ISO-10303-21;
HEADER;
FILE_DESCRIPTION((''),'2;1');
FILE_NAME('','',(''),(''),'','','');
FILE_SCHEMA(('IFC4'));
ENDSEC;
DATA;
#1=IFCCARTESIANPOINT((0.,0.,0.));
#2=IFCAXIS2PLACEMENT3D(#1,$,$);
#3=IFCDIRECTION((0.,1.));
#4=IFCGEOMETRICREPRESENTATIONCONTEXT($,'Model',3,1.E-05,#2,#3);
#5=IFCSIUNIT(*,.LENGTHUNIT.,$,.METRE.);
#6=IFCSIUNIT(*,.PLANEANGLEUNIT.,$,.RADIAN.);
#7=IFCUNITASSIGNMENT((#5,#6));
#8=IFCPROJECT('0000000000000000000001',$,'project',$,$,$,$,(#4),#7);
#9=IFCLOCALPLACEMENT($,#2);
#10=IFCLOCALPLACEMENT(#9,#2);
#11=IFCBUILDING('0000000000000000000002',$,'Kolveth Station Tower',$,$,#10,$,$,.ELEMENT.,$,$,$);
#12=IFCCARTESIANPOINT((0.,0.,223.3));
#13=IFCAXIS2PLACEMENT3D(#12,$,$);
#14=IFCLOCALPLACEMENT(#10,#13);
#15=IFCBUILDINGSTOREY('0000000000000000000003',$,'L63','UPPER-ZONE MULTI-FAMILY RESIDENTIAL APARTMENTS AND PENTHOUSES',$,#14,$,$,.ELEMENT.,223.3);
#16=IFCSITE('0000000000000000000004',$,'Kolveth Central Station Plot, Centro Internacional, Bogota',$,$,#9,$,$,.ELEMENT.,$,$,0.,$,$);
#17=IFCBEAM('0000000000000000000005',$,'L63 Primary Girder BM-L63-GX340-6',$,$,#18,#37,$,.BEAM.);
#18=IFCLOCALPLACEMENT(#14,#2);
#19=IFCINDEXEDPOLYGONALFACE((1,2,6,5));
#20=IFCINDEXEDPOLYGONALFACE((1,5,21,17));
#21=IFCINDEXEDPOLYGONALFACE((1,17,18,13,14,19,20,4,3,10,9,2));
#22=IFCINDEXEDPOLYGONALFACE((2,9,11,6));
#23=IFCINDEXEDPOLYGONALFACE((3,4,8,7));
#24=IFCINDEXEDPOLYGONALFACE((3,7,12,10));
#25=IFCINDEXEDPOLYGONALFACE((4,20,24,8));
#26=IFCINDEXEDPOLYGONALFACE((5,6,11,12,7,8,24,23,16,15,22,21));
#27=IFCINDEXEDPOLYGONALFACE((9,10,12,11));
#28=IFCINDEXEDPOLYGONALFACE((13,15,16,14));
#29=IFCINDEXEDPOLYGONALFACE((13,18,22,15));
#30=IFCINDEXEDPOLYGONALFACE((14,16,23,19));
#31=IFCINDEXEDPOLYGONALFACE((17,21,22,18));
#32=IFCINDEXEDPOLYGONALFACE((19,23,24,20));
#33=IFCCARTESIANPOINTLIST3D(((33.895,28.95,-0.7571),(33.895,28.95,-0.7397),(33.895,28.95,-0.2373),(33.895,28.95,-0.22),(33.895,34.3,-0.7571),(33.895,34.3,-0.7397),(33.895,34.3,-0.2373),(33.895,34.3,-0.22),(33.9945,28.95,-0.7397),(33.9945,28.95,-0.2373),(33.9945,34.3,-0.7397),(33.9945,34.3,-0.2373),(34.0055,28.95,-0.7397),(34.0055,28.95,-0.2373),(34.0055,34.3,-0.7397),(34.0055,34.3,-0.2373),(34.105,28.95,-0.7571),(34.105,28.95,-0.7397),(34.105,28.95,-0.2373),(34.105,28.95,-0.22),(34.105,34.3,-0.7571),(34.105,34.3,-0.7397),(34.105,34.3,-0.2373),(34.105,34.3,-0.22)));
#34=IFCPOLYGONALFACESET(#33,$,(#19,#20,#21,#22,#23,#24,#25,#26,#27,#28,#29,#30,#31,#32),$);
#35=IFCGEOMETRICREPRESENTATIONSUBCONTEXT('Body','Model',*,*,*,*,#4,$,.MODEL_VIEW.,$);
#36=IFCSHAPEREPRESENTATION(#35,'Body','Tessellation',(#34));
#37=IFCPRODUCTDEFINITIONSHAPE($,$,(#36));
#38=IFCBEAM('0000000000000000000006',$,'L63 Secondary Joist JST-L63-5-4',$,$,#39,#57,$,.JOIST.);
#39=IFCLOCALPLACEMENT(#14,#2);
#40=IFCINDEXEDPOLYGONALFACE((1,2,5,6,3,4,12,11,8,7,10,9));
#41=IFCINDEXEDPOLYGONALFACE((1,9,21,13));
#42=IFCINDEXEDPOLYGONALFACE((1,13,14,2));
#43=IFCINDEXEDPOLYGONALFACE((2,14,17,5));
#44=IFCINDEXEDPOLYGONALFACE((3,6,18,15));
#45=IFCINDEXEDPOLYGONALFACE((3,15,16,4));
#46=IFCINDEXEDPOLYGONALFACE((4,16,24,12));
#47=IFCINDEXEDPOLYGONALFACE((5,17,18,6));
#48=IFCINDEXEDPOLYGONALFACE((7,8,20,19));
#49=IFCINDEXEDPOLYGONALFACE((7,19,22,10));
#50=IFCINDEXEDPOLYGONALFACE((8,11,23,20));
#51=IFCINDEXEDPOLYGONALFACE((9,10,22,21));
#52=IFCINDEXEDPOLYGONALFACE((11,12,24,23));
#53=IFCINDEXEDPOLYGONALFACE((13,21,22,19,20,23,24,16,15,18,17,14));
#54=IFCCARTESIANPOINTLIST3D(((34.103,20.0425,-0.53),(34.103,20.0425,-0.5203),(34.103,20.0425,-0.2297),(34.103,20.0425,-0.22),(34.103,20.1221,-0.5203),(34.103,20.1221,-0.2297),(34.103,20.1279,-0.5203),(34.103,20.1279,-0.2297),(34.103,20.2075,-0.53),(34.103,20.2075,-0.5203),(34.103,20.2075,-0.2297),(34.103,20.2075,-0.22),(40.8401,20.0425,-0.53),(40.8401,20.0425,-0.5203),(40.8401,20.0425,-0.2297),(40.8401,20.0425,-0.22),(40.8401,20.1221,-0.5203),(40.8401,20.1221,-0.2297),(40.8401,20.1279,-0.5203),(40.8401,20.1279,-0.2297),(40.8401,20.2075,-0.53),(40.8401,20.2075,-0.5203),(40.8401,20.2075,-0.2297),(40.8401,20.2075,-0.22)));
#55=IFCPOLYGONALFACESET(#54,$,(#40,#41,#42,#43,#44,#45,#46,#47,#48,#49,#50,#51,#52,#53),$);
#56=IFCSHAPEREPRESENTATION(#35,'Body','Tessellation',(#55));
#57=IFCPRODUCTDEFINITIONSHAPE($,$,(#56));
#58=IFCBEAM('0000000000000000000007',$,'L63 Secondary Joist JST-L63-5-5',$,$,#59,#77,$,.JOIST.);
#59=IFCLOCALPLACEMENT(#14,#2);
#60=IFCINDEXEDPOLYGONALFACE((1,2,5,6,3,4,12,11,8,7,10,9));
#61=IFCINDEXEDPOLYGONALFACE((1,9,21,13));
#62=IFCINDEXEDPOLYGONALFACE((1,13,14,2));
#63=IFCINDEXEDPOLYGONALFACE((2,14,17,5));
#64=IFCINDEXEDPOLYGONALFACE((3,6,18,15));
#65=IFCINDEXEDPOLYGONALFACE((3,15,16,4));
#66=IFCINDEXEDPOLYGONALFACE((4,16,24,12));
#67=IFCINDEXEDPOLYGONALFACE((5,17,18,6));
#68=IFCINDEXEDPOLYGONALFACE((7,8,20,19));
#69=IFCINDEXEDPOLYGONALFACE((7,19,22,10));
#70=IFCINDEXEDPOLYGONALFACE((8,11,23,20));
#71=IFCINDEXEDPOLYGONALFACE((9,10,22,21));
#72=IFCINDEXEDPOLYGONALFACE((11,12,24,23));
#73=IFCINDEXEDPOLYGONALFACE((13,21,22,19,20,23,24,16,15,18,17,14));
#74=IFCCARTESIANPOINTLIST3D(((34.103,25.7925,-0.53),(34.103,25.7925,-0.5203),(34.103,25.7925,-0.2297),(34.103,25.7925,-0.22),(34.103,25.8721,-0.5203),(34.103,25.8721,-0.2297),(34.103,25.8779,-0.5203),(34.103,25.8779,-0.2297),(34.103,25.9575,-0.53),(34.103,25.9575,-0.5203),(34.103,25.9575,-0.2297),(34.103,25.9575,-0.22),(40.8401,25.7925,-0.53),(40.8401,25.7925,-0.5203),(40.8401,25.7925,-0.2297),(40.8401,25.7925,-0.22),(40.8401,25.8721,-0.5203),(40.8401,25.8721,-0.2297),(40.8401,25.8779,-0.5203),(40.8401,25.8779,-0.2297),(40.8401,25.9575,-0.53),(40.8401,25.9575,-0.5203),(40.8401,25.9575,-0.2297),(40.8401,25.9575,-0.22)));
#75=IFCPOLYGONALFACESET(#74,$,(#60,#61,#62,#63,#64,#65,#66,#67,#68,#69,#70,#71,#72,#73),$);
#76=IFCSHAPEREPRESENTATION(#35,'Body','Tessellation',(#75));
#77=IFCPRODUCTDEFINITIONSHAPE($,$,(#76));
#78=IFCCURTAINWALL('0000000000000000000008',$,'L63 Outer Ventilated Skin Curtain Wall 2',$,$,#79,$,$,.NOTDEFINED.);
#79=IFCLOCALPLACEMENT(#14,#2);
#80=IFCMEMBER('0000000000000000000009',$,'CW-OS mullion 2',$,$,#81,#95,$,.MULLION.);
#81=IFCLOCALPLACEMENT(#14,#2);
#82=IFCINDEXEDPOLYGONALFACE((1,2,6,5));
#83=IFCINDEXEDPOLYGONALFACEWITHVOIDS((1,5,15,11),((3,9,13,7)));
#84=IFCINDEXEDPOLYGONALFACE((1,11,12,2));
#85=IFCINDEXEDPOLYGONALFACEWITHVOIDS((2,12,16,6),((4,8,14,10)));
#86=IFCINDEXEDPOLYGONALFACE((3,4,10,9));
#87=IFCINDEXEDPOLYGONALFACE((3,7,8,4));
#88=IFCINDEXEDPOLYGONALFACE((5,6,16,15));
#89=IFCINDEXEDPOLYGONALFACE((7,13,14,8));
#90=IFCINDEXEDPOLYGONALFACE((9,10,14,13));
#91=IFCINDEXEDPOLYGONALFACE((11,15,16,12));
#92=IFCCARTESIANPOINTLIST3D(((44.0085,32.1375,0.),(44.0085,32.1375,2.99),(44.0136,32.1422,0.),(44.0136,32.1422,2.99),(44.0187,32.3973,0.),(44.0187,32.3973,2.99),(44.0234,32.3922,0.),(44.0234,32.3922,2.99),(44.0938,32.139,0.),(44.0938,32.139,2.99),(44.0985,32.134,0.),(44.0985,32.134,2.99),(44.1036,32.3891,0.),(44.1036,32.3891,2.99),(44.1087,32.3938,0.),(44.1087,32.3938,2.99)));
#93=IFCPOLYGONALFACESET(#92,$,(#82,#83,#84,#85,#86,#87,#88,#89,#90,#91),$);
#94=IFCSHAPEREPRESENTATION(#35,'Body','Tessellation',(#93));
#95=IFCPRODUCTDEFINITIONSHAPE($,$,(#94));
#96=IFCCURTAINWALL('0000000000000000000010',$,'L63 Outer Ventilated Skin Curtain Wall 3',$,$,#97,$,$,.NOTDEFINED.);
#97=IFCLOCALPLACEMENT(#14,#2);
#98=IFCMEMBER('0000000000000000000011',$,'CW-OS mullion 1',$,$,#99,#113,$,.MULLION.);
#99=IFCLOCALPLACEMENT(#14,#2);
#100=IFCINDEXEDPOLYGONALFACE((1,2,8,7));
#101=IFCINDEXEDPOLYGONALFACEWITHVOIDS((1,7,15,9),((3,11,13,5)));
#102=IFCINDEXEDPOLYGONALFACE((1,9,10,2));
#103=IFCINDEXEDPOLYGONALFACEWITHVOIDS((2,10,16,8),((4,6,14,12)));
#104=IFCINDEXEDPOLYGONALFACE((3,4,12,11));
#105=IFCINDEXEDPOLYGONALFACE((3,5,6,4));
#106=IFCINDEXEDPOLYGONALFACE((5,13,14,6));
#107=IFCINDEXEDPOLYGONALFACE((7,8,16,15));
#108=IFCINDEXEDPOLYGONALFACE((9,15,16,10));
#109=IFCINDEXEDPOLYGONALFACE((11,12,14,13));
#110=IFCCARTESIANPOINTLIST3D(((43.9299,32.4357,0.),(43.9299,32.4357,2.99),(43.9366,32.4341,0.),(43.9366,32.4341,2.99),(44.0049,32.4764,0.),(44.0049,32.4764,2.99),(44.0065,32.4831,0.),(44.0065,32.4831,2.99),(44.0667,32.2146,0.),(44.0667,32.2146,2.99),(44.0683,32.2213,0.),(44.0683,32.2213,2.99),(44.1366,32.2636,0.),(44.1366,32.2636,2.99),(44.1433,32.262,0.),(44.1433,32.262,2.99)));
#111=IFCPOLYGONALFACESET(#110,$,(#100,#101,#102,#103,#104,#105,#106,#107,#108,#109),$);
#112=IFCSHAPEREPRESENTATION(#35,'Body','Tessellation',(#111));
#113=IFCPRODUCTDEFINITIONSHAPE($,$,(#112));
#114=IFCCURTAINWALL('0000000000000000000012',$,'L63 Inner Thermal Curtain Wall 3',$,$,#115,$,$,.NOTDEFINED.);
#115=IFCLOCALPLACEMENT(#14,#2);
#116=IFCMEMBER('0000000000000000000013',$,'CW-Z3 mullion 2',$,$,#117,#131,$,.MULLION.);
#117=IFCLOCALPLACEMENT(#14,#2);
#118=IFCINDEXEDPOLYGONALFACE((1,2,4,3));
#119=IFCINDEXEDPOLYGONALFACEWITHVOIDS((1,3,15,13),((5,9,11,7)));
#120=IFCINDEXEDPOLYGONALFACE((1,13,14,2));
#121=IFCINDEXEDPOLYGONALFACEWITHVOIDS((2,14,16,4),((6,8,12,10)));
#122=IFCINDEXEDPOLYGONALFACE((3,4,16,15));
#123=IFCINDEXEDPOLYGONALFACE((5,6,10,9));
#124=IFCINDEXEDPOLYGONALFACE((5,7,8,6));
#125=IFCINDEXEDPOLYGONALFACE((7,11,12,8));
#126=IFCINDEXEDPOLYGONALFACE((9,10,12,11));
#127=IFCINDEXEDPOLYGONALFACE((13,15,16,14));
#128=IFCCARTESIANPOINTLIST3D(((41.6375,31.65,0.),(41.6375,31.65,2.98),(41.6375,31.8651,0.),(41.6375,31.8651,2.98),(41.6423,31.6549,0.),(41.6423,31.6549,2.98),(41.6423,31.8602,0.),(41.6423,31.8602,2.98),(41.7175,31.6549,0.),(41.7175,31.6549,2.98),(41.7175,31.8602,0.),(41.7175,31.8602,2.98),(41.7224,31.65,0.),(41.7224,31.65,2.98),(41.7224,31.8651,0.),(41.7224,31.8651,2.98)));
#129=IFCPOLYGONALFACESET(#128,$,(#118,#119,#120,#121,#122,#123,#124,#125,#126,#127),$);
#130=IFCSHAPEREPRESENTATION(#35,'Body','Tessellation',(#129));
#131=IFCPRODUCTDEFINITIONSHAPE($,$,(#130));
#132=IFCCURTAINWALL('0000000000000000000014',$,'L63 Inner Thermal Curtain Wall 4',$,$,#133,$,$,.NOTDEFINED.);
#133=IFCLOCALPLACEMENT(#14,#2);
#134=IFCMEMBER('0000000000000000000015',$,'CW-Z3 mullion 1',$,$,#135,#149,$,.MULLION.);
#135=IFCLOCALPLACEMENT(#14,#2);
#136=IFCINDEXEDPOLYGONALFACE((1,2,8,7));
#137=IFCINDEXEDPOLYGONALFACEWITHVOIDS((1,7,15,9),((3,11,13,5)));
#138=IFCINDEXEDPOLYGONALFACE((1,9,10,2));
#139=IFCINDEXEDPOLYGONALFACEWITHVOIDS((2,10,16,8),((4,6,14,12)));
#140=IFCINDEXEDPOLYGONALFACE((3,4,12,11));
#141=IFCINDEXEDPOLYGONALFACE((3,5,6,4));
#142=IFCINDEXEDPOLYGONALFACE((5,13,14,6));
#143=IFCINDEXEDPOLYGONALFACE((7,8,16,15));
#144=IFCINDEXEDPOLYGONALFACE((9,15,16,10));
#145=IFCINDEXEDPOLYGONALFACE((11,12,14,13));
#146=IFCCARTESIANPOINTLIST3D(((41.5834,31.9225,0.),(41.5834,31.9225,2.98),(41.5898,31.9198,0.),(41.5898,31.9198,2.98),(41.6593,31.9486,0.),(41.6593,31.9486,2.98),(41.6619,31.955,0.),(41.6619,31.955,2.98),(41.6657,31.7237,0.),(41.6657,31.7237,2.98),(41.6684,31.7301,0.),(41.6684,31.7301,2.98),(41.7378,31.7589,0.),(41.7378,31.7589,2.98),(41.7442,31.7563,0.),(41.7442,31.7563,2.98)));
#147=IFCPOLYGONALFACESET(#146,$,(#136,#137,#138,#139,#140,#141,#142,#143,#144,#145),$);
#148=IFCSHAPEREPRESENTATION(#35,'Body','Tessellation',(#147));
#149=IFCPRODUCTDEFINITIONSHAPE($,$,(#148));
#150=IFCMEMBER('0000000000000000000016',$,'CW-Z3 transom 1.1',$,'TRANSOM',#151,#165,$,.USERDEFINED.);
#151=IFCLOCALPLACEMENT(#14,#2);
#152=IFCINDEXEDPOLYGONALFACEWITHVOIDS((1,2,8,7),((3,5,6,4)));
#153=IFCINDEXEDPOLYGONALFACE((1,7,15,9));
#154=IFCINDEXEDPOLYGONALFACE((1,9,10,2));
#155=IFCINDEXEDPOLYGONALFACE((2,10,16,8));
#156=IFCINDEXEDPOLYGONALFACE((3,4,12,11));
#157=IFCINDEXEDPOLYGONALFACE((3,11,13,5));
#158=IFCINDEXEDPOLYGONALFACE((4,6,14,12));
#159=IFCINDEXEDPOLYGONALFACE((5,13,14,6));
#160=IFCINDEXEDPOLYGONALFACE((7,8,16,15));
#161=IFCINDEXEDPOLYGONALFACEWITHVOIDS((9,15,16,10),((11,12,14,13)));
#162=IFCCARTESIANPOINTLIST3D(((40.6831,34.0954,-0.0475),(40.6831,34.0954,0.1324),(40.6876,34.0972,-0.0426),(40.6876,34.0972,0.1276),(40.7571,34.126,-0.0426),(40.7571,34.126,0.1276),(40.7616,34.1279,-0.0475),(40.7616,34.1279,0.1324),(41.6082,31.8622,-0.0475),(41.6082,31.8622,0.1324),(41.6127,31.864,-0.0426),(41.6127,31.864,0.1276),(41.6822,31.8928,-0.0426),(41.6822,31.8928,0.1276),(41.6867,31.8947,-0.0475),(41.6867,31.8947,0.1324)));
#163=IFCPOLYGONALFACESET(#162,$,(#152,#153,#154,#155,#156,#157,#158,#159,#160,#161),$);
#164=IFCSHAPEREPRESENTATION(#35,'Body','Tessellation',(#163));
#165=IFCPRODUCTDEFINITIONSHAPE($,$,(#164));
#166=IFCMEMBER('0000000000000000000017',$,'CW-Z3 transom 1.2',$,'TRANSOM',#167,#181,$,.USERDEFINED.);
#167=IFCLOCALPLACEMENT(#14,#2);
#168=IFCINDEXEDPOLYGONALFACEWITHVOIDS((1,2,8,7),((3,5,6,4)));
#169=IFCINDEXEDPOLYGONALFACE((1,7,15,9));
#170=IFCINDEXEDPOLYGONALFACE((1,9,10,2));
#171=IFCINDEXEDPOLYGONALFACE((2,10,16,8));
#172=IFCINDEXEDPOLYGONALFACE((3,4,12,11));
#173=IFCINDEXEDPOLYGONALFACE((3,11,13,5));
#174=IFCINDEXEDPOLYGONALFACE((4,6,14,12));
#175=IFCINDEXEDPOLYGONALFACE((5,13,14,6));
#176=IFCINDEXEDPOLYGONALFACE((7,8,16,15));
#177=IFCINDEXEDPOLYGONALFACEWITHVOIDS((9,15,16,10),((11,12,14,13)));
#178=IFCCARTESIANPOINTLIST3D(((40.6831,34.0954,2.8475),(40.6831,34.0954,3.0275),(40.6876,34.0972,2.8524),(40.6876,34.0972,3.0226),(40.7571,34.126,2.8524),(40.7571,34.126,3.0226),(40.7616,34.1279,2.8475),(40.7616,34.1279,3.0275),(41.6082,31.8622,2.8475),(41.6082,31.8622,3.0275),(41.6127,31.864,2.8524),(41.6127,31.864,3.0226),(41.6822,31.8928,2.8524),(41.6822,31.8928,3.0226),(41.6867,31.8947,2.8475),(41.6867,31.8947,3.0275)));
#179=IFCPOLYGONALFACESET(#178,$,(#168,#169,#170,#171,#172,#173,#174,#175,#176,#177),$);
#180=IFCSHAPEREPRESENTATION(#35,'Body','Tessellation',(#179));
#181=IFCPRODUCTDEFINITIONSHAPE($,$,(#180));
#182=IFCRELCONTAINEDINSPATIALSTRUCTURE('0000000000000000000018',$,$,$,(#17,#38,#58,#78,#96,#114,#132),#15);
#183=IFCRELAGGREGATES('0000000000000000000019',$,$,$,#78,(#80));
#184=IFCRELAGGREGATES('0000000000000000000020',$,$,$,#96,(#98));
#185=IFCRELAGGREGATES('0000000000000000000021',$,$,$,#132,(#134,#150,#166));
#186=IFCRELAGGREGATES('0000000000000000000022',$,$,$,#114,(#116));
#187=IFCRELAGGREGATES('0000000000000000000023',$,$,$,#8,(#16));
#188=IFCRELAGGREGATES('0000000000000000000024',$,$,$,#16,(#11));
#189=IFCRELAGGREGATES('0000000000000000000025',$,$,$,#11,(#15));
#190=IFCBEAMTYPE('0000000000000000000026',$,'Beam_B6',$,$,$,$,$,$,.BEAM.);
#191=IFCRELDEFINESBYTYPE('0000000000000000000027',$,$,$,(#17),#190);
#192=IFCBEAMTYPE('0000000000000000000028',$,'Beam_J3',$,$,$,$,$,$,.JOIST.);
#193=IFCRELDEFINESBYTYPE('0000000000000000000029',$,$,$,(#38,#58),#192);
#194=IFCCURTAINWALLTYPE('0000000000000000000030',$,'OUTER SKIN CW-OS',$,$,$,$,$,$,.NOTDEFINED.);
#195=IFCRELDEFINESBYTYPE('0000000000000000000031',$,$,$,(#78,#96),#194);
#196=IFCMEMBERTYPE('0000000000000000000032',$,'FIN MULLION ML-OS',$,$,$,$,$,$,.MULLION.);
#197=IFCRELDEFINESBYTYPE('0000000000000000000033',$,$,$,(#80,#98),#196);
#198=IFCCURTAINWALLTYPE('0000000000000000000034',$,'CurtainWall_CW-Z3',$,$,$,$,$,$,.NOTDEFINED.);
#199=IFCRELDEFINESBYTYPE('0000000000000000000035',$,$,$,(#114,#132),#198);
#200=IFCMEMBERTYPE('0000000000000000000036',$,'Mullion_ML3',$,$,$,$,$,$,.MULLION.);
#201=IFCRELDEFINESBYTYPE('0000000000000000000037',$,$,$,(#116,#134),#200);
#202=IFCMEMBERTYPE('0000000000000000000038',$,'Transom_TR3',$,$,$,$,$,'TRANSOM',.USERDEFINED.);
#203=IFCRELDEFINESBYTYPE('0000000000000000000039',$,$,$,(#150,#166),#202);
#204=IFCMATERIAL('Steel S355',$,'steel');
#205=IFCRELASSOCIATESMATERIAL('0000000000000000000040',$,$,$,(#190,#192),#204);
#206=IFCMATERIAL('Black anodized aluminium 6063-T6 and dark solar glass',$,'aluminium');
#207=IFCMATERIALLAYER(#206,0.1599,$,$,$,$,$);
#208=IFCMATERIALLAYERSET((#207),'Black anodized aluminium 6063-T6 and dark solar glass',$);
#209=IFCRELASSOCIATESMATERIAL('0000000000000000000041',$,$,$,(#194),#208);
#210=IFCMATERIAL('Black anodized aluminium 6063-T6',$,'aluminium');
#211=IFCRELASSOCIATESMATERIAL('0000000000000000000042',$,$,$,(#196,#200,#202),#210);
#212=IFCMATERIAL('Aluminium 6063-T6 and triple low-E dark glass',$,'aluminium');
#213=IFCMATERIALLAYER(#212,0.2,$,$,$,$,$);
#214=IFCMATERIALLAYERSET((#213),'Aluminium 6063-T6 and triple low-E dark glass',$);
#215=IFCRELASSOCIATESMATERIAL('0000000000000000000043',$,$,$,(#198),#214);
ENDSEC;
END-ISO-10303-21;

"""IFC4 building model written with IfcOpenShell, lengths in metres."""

from ifc_helpers import new_model, si_unit, direction, frame, origin, origin_2d, place, context, subcontext, project, spatial, hollow_rectangle, i_section, extrude, source, transform, mapped, material, layer, layer_set, material_profile, profile_set, type_object, element, aggregate, save


model = new_model("IFC4")

# Units and contexts
model_context = context("Model", 3, precision=1e-05, world=origin(), true_north=direction((0.0, 1.0)))
body_context = subcontext(model_context, "Body", "Model", "MODEL_VIEW")
ifc_project = project(units=[si_unit("LENGTHUNIT", "METRE"), si_unit("PLANEANGLEUNIT", "RADIAN")], contexts=[model_context])

# Site, building, storey
site_placement = place(None, origin())
site = spatial("IfcSite", under=ifc_project, at=site_placement, Name="Kolveth Central Station Plot, Centro Internacional, Bogota", CompositionType="ELEMENT", RefElevation=0.0)
building_placement = place(site_placement, origin())
building = spatial("IfcBuilding", under=site, at=building_placement, Name="Kolveth Station Tower", CompositionType="ELEMENT")
storey_placement = place(building_placement, frame((0.0, 0.0, 223.3)))
storey = spatial("IfcBuildingStorey", under=building, at=storey_placement, Name="L63", Description="UPPER-ZONE MULTI-FAMILY RESIDENTIAL APARTMENTS AND PENTHOUSES", CompositionType="ELEMENT", Elevation=223.3)

# Shared definitions
ifc_material_1 = material(Name="Steel S355", Category="steel")

# Beams
ifc_material_profile_1 = material_profile(ifc_material_1, i_section(OverallWidth=0.21, OverallDepth=0.5371, WebThickness=0.011, FlangeThickness=0.0173, at=origin_2d()), Name="W530x101")
ifc_profile_set_1 = profile_set([ifc_material_profile_1], Name="Steel S355")
beam_type_1 = type_object("IfcBeamType", Name="Beam_B6", PredefinedType="BEAM", material=ifc_profile_set_1)
shared_shape_1 = source(origin(), body_context, "Body", "SweptSolid", [
    extrude(i_section(OverallWidth=0.21, OverallDepth=0.5371, WebThickness=0.011, FlangeThickness=0.0173, at=origin_2d()), origin(), (0.0, 0.0, 1.0), 5.3501),
])
beam_1_placement = place(storey_placement, frame((34.0, 28.95, -0.4885), z_axis=(0.0, 1.0, 0.0), x_axis=(-1.0, 0.0, 0.0)))
element("IfcBeam", 1, at=beam_1_placement, inside=storey, type_object=beam_type_1, Name="L63 Primary Girder BM-L63-GX340-6", PredefinedType="BEAM", context=body_context, shape_type="MappedRepresentation", body=[
    mapped(shared_shape_1, transform((0.0, 0.0, 0.0), x_axis=(1.0, 0.0, 0.0), y_axis=(0.0, 1.0, 0.0), z_axis=(0.0, 0.0, 1.0), scale=1.0)),
])
ifc_material_profile_2 = material_profile(ifc_material_1, i_section(OverallWidth=0.165, OverallDepth=0.3101, WebThickness=0.0059, FlangeThickness=0.0098, at=origin_2d()), Name="W310x39")
ifc_profile_set_2 = profile_set([ifc_material_profile_2], Name="Steel S355")
beam_type_2 = type_object("IfcBeamType", Name="Beam_J3", PredefinedType="JOIST", material=ifc_profile_set_2)
shared_shape_2 = source(origin(), body_context, "Body", "SweptSolid", [
    extrude(i_section(OverallWidth=0.165, OverallDepth=0.3101, WebThickness=0.0059, FlangeThickness=0.0098, at=origin_2d()), origin(), (0.0, 0.0, 1.0), 6.7371),
])
for number, where, z_axis, x_axis, name in (
    (2, (34.103, 20.125, -0.375), (1.0, 0.0, 0.0), (0.0, 1.0, 0.0), "L63 Secondary Joist JST-L63-5-4"),
    (3, (34.103, 25.875, -0.375), (1.0, 0.0, 0.0), (0.0, 1.0, 0.0), "L63 Secondary Joist JST-L63-5-5"),
):
    element("IfcBeam", number, at=place(storey_placement, frame(where, z_axis=z_axis, x_axis=x_axis)), inside=storey, type_object=beam_type_2, Name=name, PredefinedType="JOIST", context=body_context, shape_type="MappedRepresentation", body=[
        mapped(shared_shape_2, transform((0.0, 0.0, 0.0), x_axis=(1.0, 0.0, 0.0), y_axis=(0.0, 1.0, 0.0), z_axis=(0.0, 0.0, 1.0), scale=1.0)),
    ])

# Curtain walls, members
ifc_material_2 = material(Name="Black anodized aluminium 6063-T6 and dark solar glass", Category="aluminium")
ifc_layer_1 = layer(ifc_material_2, 0.1599)
ifc_layer_set_1 = layer_set([ifc_layer_1], Name="Black anodized aluminium 6063-T6 and dark solar glass")
curtain_wall_type_1 = type_object("IfcCurtainWallType", Name="OUTER SKIN CW-OS", PredefinedType="NOTDEFINED", material=ifc_layer_set_1)
curtain_wall_1_placement = place(storey_placement, origin())
curtain_wall_1 = element("IfcCurtainWall", 4, at=curtain_wall_1_placement, inside=storey, type_object=curtain_wall_type_1, Name="L63 Outer Ventilated Skin Curtain Wall 2", PredefinedType="NOTDEFINED")
ifc_material_3 = material(Name="Black anodized aluminium 6063-T6", Category="aluminium")
ifc_material_profile_3 = material_profile(ifc_material_3, hollow_rectangle(XDim=0.0901, YDim=0.26, WallThickness=0.0049, at=origin_2d()), Name="ALU-90x260x5")
ifc_profile_set_3 = profile_set([ifc_material_profile_3], Name="Black anodized aluminium 6063-T6")
member_type_1 = type_object("IfcMemberType", Name="FIN MULLION ML-OS", PredefinedType="MULLION", material=ifc_profile_set_3)
shared_shape_3 = source(origin(), body_context, "Body", "SweptSolid", [
    extrude(hollow_rectangle(XDim=0.0901, YDim=0.26, WallThickness=0.0049, at=origin_2d()), origin(), (0.0, 0.0, 1.0), 2.99),
])
member_1_placement = place(storey_placement, frame((44.0586, 32.2656, 0.0), z_axis=(0.0, 0.0, 1.0), x_axis=(-0.999229, 0.039257, 0.0)))
member_1 = element("IfcMember", 5, at=member_1_placement, type_object=member_type_1, Name="CW-OS mullion 2", PredefinedType="MULLION", context=body_context, shape_type="MappedRepresentation", body=[
    mapped(shared_shape_3, transform((0.0, 0.0, 0.0), x_axis=(1.0, 0.0, 0.0), y_axis=(0.0, 1.0, 0.0), z_axis=(0.0, 0.0, 1.0), scale=1.0)),
])
aggregate(curtain_wall_1, [member_1])
curtain_wall_2_placement = place(storey_placement, origin())
curtain_wall_2 = element("IfcCurtainWall", 6, at=curtain_wall_2_placement, inside=storey, type_object=curtain_wall_type_1, Name="L63 Outer Ventilated Skin Curtain Wall 3", PredefinedType="NOTDEFINED")
member_2_placement = place(storey_placement, frame((44.0366, 32.3489, 0.0), z_axis=(0.0, 0.0, 1.0), x_axis=(-0.850302, -0.526295, 0.0)))
member_2 = element("IfcMember", 7, at=member_2_placement, type_object=member_type_1, Name="CW-OS mullion 1", PredefinedType="MULLION", context=body_context, shape_type="MappedRepresentation", body=[
    mapped(shared_shape_3, transform((0.0, 0.0, 0.0), x_axis=(1.0, 0.0, 0.0), y_axis=(0.0, 1.0, 0.0), z_axis=(0.0, 0.0, 1.0), scale=1.0)),
])
aggregate(curtain_wall_2, [member_2])
ifc_material_4 = material(Name="Aluminium 6063-T6 and triple low-E dark glass", Category="aluminium")
ifc_layer_2 = layer(ifc_material_4, 0.2)
ifc_layer_set_2 = layer_set([ifc_layer_2], Name="Aluminium 6063-T6 and triple low-E dark glass")
curtain_wall_type_2 = type_object("IfcCurtainWallType", Name="CurtainWall_CW-Z3", PredefinedType="NOTDEFINED", material=ifc_layer_set_2)
curtain_wall_3_placement = place(storey_placement, origin())
curtain_wall_3 = element("IfcCurtainWall", 8, at=curtain_wall_3_placement, inside=storey, type_object=curtain_wall_type_2, Name="L63 Inner Thermal Curtain Wall 3", PredefinedType="NOTDEFINED")
ifc_material_profile_4 = material_profile(ifc_material_3, hollow_rectangle(XDim=0.085, YDim=0.2151, WallThickness=0.0049, at=origin_2d()), Name="ALU-85x215x5")
ifc_profile_set_4 = profile_set([ifc_material_profile_4], Name="Black anodized aluminium 6063-T6")
member_type_2 = type_object("IfcMemberType", Name="Mullion_ML3", PredefinedType="MULLION", material=ifc_profile_set_4)
shared_shape_4 = source(origin(), body_context, "Body", "SweptSolid", [
    extrude(hollow_rectangle(XDim=0.085, YDim=0.2151, WallThickness=0.0049, at=origin_2d()), origin(), (0.0, 0.0, 1.0), 2.98),
])
member_3_placement = place(storey_placement, frame((41.6799, 31.7576, 0.0), z_axis=(0.0, 0.0, 1.0), x_axis=(-1.0, 0.0, 0.0)))
member_3 = element("IfcMember", 9, at=member_3_placement, type_object=member_type_2, Name="CW-Z3 mullion 2", PredefinedType="MULLION", context=body_context, shape_type="MappedRepresentation", body=[
    mapped(shared_shape_4, transform((0.0, 0.0, 0.0), x_axis=(1.0, 0.0, 0.0), y_axis=(0.0, 1.0, 0.0), z_axis=(0.0, 0.0, 1.0), scale=1.0)),
])

# Curtain wall, members
curtain_wall_4_placement = place(storey_placement, origin())
curtain_wall_4 = element("IfcCurtainWall", 10, at=curtain_wall_4_placement, inside=storey, type_object=curtain_wall_type_2, Name="L63 Inner Thermal Curtain Wall 4", PredefinedType="NOTDEFINED")
member_4_placement = place(storey_placement, frame((41.6638, 31.8394, 0.0), z_axis=(0.0, 0.0, 1.0), x_axis=(-0.923875, -0.382693, 0.0)))
member_4 = element("IfcMember", 11, at=member_4_placement, type_object=member_type_2, Name="CW-Z3 mullion 1", PredefinedType="MULLION", context=body_context, shape_type="MappedRepresentation", body=[
    mapped(shared_shape_4, transform((0.0, 0.0, 0.0), x_axis=(1.0, 0.0, 0.0), y_axis=(0.0, 1.0, 0.0), z_axis=(0.0, 0.0, 1.0), scale=1.0)),
])
ifc_material_profile_5 = material_profile(ifc_material_3, hollow_rectangle(XDim=0.085, YDim=0.1799, WallThickness=0.0049, at=origin_2d()), Name="ALU-85x180x5")
ifc_profile_set_5 = profile_set([ifc_material_profile_5], Name="Black anodized aluminium 6063-T6")
member_type_3 = type_object("IfcMemberType", Name="Transom_TR3", ElementType="TRANSOM", PredefinedType="USERDEFINED", material=ifc_profile_set_5)
shared_shape_5 = source(origin(), body_context, "Body", "SweptSolid", [
    extrude(hollow_rectangle(XDim=0.085, YDim=0.1799, WallThickness=0.0049, at=origin_2d()), origin(), (0.0, 0.0, 1.0), 2.4172),
])
member_5_placement = place(storey_placement, frame((41.6475, 31.8784, 0.0425), z_axis=(-0.3827, 0.923873, 0.0), x_axis=(-0.923873, -0.3827, 0.0)))
member_5 = element("IfcMember", 12, at=member_5_placement, type_object=member_type_3, Name="CW-Z3 transom 1.1", ObjectType="TRANSOM", PredefinedType="USERDEFINED", context=body_context, shape_type="MappedRepresentation", body=[
    mapped(shared_shape_5, transform((0.0, 0.0, 0.0), x_axis=(1.0, 0.0, 0.0), y_axis=(0.0, 1.0, 0.0), z_axis=(0.0, 0.0, 1.0), scale=1.0)),
])
member_6_placement = place(storey_placement, frame((41.6475, 31.8784, 2.9375), z_axis=(-0.3827, 0.923873, 0.0), x_axis=(-0.923873, -0.3827, 0.0)))
member_6 = element("IfcMember", 13, at=member_6_placement, type_object=member_type_3, Name="CW-Z3 transom 1.2", ObjectType="TRANSOM", PredefinedType="USERDEFINED", context=body_context, shape_type="MappedRepresentation", body=[
    mapped(shared_shape_5, transform((0.0, 0.0, 0.0), x_axis=(1.0, 0.0, 0.0), y_axis=(0.0, 1.0, 0.0), z_axis=(0.0, 0.0, 1.0), scale=1.0)),
])
aggregate(curtain_wall_4, [member_4, member_5, member_6])

aggregate(curtain_wall_3, [member_3])

save(model, "model.ifc")
